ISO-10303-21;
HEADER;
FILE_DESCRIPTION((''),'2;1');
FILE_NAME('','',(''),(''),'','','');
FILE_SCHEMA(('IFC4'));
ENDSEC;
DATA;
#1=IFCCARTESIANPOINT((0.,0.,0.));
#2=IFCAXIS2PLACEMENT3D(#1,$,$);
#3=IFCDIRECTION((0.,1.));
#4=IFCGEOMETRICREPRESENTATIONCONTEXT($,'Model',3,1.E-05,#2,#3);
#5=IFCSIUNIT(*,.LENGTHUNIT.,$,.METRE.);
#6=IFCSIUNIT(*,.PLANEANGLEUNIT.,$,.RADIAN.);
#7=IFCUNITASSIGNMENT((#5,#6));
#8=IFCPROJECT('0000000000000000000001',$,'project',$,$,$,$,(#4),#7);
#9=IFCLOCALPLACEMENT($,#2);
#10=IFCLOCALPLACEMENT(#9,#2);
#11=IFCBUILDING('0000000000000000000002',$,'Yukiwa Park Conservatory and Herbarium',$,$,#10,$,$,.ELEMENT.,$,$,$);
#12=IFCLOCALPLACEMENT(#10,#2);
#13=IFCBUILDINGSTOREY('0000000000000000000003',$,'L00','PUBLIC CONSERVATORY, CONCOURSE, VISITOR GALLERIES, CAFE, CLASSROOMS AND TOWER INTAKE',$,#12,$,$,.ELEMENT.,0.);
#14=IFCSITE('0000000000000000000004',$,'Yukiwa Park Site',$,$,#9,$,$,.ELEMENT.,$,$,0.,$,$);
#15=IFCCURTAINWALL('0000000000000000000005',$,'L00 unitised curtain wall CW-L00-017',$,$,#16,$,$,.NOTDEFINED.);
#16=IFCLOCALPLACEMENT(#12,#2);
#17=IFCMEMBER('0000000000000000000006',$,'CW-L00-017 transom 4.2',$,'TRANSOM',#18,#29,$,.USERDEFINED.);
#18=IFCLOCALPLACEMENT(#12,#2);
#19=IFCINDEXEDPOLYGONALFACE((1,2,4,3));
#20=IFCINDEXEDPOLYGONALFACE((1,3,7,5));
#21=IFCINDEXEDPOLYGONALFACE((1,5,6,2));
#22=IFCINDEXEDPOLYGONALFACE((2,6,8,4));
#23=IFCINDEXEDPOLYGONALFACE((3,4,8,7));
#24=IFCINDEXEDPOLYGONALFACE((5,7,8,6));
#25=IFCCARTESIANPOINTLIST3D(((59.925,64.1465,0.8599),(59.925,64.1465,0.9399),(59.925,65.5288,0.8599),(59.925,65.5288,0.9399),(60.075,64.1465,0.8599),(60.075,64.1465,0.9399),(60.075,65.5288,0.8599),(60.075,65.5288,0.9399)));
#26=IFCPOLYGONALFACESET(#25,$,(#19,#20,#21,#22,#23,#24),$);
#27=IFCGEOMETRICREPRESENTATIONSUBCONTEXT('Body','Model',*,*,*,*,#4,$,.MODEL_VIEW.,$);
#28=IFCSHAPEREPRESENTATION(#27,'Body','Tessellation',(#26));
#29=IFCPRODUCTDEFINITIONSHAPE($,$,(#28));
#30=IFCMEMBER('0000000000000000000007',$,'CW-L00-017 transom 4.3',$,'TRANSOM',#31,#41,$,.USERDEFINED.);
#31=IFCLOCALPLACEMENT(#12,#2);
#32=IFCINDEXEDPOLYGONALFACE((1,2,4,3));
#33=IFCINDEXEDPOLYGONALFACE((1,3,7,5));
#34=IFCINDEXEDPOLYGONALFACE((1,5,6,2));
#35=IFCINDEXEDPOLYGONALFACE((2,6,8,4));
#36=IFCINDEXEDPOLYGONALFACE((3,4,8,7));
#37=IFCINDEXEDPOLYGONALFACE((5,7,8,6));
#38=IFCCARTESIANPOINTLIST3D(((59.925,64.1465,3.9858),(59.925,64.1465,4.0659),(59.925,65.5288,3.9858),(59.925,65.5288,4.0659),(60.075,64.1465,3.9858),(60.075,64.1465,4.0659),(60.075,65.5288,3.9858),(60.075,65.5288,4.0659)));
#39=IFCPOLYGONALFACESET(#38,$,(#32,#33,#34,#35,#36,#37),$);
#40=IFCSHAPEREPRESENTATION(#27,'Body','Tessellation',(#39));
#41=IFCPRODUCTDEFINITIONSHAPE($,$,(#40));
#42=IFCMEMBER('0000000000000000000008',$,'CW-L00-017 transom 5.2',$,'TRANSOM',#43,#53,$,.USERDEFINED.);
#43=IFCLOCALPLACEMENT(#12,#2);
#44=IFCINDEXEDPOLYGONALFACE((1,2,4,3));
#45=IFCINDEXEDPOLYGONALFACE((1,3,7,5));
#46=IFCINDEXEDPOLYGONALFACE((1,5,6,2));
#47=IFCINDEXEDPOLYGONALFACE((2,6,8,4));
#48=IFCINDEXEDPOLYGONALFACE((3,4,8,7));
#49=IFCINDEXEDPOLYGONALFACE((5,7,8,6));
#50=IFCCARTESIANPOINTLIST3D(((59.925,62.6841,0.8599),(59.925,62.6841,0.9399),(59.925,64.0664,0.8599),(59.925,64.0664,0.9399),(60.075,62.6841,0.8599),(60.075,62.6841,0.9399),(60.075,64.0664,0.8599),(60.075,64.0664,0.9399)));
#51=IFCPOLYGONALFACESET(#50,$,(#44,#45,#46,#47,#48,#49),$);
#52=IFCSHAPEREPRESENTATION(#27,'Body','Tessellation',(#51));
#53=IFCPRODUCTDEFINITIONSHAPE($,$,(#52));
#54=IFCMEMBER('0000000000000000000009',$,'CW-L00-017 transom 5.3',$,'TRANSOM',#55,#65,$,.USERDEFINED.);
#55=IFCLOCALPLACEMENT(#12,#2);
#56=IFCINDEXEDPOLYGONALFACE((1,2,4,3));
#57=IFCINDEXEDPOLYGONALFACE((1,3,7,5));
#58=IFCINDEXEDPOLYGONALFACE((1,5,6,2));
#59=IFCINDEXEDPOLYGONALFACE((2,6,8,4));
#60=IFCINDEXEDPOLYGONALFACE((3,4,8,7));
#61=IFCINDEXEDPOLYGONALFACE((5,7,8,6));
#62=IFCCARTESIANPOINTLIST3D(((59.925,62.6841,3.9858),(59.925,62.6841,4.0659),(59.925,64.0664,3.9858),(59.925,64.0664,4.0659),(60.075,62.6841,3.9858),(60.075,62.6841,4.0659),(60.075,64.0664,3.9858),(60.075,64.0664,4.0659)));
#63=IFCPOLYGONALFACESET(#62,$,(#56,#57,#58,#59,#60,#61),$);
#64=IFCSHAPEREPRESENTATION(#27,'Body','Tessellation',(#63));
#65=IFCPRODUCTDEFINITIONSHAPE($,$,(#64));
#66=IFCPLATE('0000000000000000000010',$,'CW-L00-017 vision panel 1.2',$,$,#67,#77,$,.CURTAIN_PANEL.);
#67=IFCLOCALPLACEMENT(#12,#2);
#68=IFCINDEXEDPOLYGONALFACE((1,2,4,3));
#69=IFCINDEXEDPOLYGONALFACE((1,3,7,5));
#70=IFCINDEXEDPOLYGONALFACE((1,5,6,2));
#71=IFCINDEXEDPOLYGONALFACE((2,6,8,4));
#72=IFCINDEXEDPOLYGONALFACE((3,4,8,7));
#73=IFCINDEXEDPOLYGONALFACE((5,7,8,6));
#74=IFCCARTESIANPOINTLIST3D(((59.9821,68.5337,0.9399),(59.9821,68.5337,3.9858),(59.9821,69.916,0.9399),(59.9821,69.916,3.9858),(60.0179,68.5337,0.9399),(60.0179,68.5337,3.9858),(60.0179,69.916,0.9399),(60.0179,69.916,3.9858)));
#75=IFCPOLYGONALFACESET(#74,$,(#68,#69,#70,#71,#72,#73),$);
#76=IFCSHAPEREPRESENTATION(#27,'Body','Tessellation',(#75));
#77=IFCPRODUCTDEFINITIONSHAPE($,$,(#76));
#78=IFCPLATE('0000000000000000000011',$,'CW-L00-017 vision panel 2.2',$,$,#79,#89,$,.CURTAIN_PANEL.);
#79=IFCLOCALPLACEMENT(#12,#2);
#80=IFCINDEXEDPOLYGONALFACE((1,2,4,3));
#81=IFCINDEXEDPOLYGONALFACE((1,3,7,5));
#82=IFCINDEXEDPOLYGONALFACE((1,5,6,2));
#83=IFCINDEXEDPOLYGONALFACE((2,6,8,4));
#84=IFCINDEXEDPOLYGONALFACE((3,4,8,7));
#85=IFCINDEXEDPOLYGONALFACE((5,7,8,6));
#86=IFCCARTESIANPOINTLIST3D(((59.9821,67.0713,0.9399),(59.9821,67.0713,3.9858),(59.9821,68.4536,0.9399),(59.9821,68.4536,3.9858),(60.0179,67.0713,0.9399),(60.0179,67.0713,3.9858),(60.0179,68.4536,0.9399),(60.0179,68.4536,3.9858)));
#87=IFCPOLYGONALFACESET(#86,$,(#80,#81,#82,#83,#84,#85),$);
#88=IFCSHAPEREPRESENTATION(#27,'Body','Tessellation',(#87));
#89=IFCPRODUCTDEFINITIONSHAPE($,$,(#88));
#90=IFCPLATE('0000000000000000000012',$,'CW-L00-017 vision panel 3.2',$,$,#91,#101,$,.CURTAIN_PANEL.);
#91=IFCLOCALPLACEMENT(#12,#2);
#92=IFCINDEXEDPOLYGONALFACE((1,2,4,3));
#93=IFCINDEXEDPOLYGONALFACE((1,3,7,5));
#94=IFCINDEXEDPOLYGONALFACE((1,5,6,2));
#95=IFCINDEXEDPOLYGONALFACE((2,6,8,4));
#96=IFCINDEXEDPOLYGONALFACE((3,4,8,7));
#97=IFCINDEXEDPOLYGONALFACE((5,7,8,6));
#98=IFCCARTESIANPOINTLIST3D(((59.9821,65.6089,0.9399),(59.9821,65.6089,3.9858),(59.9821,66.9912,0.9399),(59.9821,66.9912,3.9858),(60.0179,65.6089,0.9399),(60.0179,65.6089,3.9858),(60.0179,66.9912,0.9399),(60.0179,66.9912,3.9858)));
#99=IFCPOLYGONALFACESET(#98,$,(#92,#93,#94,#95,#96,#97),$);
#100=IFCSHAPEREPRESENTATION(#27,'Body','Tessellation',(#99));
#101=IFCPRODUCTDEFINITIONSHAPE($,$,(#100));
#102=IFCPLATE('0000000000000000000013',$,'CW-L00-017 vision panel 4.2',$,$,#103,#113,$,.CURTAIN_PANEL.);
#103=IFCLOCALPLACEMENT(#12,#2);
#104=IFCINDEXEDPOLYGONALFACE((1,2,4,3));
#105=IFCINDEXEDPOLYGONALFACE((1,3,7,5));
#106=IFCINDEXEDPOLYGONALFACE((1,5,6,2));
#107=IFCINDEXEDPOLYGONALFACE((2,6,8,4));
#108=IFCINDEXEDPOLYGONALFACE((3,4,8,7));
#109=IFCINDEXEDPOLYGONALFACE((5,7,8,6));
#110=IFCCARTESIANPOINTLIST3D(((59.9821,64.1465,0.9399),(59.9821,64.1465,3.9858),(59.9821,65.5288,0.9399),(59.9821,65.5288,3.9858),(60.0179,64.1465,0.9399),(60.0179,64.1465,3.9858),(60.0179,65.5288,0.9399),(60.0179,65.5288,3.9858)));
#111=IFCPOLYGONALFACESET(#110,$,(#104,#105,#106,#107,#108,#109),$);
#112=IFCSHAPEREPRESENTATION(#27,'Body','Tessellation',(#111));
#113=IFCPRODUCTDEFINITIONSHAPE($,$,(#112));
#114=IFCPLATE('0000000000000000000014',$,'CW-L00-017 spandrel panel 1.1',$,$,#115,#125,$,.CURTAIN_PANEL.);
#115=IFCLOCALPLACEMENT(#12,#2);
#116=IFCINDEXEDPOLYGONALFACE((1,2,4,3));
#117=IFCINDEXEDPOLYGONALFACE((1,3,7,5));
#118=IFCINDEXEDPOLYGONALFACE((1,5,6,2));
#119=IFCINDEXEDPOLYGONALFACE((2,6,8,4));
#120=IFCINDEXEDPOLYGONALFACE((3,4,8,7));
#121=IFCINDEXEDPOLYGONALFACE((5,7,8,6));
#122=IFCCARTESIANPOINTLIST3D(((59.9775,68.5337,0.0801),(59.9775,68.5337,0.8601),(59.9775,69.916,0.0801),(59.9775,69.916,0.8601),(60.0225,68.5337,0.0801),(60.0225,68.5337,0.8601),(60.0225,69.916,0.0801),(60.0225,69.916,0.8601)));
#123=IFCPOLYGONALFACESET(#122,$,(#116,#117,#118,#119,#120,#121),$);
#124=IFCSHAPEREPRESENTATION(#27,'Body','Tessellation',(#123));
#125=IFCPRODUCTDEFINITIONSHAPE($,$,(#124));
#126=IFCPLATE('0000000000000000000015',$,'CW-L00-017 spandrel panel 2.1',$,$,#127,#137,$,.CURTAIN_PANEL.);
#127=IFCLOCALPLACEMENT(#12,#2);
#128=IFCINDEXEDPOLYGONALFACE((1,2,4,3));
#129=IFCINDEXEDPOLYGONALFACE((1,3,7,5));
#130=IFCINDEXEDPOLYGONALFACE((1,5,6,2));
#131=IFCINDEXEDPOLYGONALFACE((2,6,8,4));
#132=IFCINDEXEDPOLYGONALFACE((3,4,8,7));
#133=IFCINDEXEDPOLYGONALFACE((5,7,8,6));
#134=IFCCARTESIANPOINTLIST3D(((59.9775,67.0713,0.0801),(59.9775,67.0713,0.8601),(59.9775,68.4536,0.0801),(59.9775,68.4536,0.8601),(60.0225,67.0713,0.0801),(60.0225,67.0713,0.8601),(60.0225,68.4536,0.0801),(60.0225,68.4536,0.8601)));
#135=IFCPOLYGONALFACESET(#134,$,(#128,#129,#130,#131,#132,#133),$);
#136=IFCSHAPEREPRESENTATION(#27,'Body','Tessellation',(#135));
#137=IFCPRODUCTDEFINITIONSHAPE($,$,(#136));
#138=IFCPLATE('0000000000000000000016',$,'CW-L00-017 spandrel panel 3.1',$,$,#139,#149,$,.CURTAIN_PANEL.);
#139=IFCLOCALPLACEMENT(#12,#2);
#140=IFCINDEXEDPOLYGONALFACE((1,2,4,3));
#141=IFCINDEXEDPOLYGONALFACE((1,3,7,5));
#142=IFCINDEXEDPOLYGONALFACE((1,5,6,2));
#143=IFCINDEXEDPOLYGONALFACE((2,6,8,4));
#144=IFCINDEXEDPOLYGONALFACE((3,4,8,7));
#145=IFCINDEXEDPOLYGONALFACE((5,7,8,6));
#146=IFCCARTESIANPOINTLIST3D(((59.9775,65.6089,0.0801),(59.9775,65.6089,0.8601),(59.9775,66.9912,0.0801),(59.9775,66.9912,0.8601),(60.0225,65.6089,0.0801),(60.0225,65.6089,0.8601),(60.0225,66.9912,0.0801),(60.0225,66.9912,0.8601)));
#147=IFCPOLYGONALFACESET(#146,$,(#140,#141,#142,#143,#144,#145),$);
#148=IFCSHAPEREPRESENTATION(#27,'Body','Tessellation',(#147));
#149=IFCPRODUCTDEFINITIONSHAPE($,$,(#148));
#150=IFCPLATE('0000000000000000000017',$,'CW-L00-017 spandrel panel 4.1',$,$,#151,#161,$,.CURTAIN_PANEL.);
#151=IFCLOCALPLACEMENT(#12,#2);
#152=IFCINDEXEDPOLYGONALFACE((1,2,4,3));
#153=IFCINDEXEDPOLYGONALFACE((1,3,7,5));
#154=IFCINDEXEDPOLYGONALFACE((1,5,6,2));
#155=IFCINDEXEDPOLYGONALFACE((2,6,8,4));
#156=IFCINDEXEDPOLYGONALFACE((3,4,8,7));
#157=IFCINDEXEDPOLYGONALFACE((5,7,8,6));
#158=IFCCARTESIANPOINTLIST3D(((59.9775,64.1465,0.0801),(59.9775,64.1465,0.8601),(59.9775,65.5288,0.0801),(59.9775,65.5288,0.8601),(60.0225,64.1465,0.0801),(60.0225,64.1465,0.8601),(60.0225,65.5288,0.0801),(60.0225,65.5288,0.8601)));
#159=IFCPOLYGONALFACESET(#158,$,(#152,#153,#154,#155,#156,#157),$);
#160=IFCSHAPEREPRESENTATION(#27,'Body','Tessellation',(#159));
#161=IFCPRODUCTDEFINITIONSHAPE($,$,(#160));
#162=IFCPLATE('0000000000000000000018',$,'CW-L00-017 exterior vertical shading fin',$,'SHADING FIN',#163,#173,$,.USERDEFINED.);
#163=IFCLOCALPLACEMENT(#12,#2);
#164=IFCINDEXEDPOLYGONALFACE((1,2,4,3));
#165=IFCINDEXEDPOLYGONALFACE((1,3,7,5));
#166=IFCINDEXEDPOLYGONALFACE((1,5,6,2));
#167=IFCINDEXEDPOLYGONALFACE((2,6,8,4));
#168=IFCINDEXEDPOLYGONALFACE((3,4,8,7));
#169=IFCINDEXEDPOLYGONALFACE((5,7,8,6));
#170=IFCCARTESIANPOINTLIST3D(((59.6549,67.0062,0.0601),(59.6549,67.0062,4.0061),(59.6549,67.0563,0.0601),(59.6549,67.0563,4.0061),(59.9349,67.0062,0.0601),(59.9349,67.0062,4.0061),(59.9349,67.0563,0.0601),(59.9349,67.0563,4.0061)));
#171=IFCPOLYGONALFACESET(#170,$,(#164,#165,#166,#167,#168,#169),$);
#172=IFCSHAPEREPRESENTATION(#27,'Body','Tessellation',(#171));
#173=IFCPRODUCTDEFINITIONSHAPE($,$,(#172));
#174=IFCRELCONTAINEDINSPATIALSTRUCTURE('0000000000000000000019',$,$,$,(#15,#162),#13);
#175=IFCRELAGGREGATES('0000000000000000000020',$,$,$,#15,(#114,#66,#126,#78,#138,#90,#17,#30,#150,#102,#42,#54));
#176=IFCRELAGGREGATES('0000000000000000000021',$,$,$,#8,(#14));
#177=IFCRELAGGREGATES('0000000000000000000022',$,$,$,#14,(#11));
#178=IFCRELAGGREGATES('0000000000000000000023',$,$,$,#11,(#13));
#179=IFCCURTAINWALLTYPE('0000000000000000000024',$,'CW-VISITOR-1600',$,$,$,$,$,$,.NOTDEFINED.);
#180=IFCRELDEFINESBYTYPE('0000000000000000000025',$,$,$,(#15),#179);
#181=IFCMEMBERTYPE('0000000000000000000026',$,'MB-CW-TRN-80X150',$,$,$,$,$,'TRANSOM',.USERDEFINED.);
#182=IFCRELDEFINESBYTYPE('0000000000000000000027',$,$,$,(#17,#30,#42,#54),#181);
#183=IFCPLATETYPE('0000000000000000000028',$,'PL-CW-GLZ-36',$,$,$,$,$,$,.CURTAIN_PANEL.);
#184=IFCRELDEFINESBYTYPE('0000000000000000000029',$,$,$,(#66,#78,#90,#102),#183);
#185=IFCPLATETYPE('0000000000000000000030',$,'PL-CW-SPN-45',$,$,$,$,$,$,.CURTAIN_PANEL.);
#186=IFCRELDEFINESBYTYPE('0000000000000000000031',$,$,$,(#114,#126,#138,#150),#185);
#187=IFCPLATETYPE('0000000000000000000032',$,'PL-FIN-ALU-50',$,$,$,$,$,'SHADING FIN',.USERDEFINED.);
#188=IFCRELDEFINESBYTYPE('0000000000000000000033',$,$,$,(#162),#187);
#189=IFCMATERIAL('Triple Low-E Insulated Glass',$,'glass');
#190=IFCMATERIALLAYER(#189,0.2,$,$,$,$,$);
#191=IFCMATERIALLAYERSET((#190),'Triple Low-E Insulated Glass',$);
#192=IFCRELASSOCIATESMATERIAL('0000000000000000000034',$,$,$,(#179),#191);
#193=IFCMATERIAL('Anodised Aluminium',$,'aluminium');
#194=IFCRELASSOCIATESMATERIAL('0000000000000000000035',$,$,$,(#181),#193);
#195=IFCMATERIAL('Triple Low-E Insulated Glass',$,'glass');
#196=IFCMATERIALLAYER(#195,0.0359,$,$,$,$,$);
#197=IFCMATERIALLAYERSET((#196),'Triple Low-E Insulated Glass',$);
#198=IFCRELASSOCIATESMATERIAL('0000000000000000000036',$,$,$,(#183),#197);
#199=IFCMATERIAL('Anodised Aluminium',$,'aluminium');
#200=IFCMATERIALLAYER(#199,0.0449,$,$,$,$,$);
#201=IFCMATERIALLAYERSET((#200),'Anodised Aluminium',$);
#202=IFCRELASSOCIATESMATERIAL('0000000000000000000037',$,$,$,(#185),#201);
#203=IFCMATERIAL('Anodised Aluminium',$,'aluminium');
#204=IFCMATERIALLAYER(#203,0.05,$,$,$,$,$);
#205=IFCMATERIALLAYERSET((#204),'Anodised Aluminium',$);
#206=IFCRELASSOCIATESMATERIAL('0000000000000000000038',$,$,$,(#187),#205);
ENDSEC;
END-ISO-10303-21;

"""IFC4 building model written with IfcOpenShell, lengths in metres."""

from ifc_helpers import new_model, si_unit, direction, frame, origin, origin_2d, place, context, subcontext, project, spatial, rectangle, extrude, material, layer, layer_set, type_object, element, aggregate, save


model = new_model("IFC4")

# Units and contexts
model_context = context("Model", 3, precision=1e-05, world=origin(), true_north=direction((0.0, 1.0)))
body_context = subcontext(model_context, "Body", "Model", "MODEL_VIEW")
ifc_project = project(units=[si_unit("LENGTHUNIT", "METRE"), si_unit("PLANEANGLEUNIT", "RADIAN")], contexts=[model_context])

# Site, building, storey
site_placement = place(None, origin())
site = spatial("IfcSite", under=ifc_project, at=site_placement, Name="Yukiwa Park Site", CompositionType="ELEMENT", RefElevation=0.0)
building_placement = place(site_placement, origin())
building = spatial("IfcBuilding", under=site, at=building_placement, Name="Yukiwa Park Conservatory and Herbarium", CompositionType="ELEMENT")
storey_placement = place(building_placement, origin())
storey = spatial("IfcBuildingStorey", under=building, at=storey_placement, Name="L00", Description="PUBLIC CONSERVATORY, CONCOURSE, VISITOR GALLERIES, CAFE, CLASSROOMS AND TOWER INTAKE", CompositionType="ELEMENT", Elevation=0.0)

# Curtain wall, members, plates
ifc_material_1 = material(Name="Triple Low-E Insulated Glass", Category="glass")
ifc_layer_1 = layer(ifc_material_1, 0.2)
ifc_layer_set_1 = layer_set([ifc_layer_1], Name="Triple Low-E Insulated Glass")
curtain_wall_type = type_object("IfcCurtainWallType", Name="CW-VISITOR-1600", PredefinedType="NOTDEFINED", material=ifc_layer_set_1)
curtain_wall_placement = place(storey_placement, origin())
curtain_wall = element("IfcCurtainWall", 1, at=curtain_wall_placement, inside=storey, type_object=curtain_wall_type, Name="L00 unitised curtain wall CW-L00-017", PredefinedType="NOTDEFINED")
ifc_material_2 = material(Name="Anodised Aluminium", Category="aluminium")
member_type_1 = type_object("IfcMemberType", Name="MB-CW-TRN-80X150", ElementType="TRANSOM", PredefinedType="USERDEFINED", material=ifc_material_2)
member_1_placement = place(storey_placement, frame((60.0, 64.8376, 0.8599), z_axis=(0.0, 0.0, 1.0), x_axis=(0.0, -1.0, 0.0)))
member_1 = element("IfcMember", 2, at=member_1_placement, type_object=member_type_1, Name="CW-L00-017 transom 4.2", ObjectType="TRANSOM", PredefinedType="USERDEFINED", context=body_context, shape_type="SweptSolid", body=[
    extrude(rectangle(XDim=1.3823, YDim=0.1499, at=origin_2d()), origin(), (0.0, 0.0, 1.0), 0.0801),
])
member_2_placement = place(storey_placement, frame((60.0, 64.8376, 3.9858), z_axis=(0.0, 0.0, 1.0), x_axis=(0.0, -1.0, 0.0)))
member_2 = element("IfcMember", 3, at=member_2_placement, type_object=member_type_1, Name="CW-L00-017 transom 4.3", ObjectType="TRANSOM", PredefinedType="USERDEFINED", context=body_context, shape_type="SweptSolid", body=[
    extrude(rectangle(XDim=1.3823, YDim=0.1499, at=origin_2d()), origin(), (0.0, 0.0, 1.0), 0.0801),
])
member_3_placement = place(storey_placement, frame((60.0, 63.3752, 0.8599), z_axis=(0.0, 0.0, 1.0), x_axis=(0.0, -1.0, 0.0)))
member_3 = element("IfcMember", 4, at=member_3_placement, type_object=member_type_1, Name="CW-L00-017 transom 5.2", ObjectType="TRANSOM", PredefinedType="USERDEFINED", context=body_context, shape_type="SweptSolid", body=[
    extrude(rectangle(XDim=1.3823, YDim=0.1499, at=origin_2d()), origin(), (0.0, 0.0, 1.0), 0.0801),
])
member_4_placement = place(storey_placement, frame((60.0, 63.3752, 3.9858), z_axis=(0.0, 0.0, 1.0), x_axis=(0.0, -1.0, 0.0)))
member_4 = element("IfcMember", 5, at=member_4_placement, type_object=member_type_1, Name="CW-L00-017 transom 5.3", ObjectType="TRANSOM", PredefinedType="USERDEFINED", context=body_context, shape_type="SweptSolid", body=[
    extrude(rectangle(XDim=1.3823, YDim=0.1499, at=origin_2d()), origin(), (0.0, 0.0, 1.0), 0.0801),
])
ifc_material_3 = material(Name="Triple Low-E Insulated Glass", Category="glass")
ifc_layer_2 = layer(ifc_material_3, 0.0359)
ifc_layer_set_2 = layer_set([ifc_layer_2], Name="Triple Low-E Insulated Glass")
plate_type_1 = type_object("IfcPlateType", Name="PL-CW-GLZ-36", PredefinedType="CURTAIN_PANEL", material=ifc_layer_set_2)
plate_1_placement = place(storey_placement, frame((60.0, 69.2249, 0.9399), z_axis=(0.0, 0.0, 1.0), x_axis=(0.0, -1.0, 0.0)))
plate_1 = element("IfcPlate", 6, at=plate_1_placement, type_object=plate_type_1, Name="CW-L00-017 vision panel 1.2", PredefinedType="CURTAIN_PANEL", context=body_context, shape_type="SweptSolid", body=[
    extrude(rectangle(XDim=1.3823, YDim=0.0359, at=origin_2d()), origin(), (0.0, 0.0, 1.0), 3.0459),
])
plate_2_placement = place(storey_placement, frame((60.0, 67.7625, 0.9399), z_axis=(0.0, 0.0, 1.0), x_axis=(0.0, -1.0, 0.0)))
plate_2 = element("IfcPlate", 7, at=plate_2_placement, type_object=plate_type_1, Name="CW-L00-017 vision panel 2.2", PredefinedType="CURTAIN_PANEL", context=body_context, shape_type="SweptSolid", body=[
    extrude(rectangle(XDim=1.3823, YDim=0.0359, at=origin_2d()), origin(), (0.0, 0.0, 1.0), 3.0459),
])
plate_3_placement = place(storey_placement, frame((60.0, 66.3, 0.9399), z_axis=(0.0, 0.0, 1.0), x_axis=(0.0, -1.0, 0.0)))
plate_3 = element("IfcPlate", 8, at=plate_3_placement, type_object=plate_type_1, Name="CW-L00-017 vision panel 3.2", PredefinedType="CURTAIN_PANEL", context=body_context, shape_type="SweptSolid", body=[
    extrude(rectangle(XDim=1.3823, YDim=0.0359, at=origin_2d()), origin(), (0.0, 0.0, 1.0), 3.0459),
])
plate_4_placement = place(storey_placement, frame((60.0, 64.8376, 0.9399), z_axis=(0.0, 0.0, 1.0), x_axis=(0.0, -1.0, 0.0)))
plate_4 = element("IfcPlate", 9, at=plate_4_placement, type_object=plate_type_1, Name="CW-L00-017 vision panel 4.2", PredefinedType="CURTAIN_PANEL", context=body_context, shape_type="SweptSolid", body=[
    extrude(rectangle(XDim=1.3823, YDim=0.0359, at=origin_2d()), origin(), (0.0, 0.0, 1.0), 3.0459),
])
ifc_material_4 = material(Name="Anodised Aluminium", Category="aluminium")
ifc_layer_3 = layer(ifc_material_4, 0.0449)
ifc_layer_set_3 = layer_set([ifc_layer_3], Name="Anodised Aluminium")
plate_type_2 = type_object("IfcPlateType", Name="PL-CW-SPN-45", PredefinedType="CURTAIN_PANEL", material=ifc_layer_set_3)
plate_5_placement = place(storey_placement, frame((60.0, 69.2249, 0.0801), z_axis=(0.0, 0.0, 1.0), x_axis=(0.0, -1.0, 0.0)))
plate_5 = element("IfcPlate", 10, at=plate_5_placement, type_object=plate_type_2, Name="CW-L00-017 spandrel panel 1.1", PredefinedType="CURTAIN_PANEL", context=body_context, shape_type="SweptSolid", body=[
    extrude(rectangle(XDim=1.3823, YDim=0.0449, at=origin_2d()), origin(), (0.0, 0.0, 1.0), 0.78),
])
plate_6_placement = place(storey_placement, frame((60.0, 67.7625, 0.0801), z_axis=(0.0, 0.0, 1.0), x_axis=(0.0, -1.0, 0.0)))
plate_6 = element("IfcPlate", 11, at=plate_6_placement, type_object=plate_type_2, Name="CW-L00-017 spandrel panel 2.1", PredefinedType="CURTAIN_PANEL", context=body_context, shape_type="SweptSolid", body=[
    extrude(rectangle(XDim=1.3823, YDim=0.0449, at=origin_2d()), origin(), (0.0, 0.0, 1.0), 0.78),
])
plate_7_placement = place(storey_placement, frame((60.0, 66.3, 0.0801), z_axis=(0.0, 0.0, 1.0), x_axis=(0.0, -1.0, 0.0)))
plate_7 = element("IfcPlate", 12, at=plate_7_placement, type_object=plate_type_2, Name="CW-L00-017 spandrel panel 3.1", PredefinedType="CURTAIN_PANEL", context=body_context, shape_type="SweptSolid", body=[
    extrude(rectangle(XDim=1.3823, YDim=0.0449, at=origin_2d()), origin(), (0.0, 0.0, 1.0), 0.78),
])
plate_8_placement = place(storey_placement, frame((60.0, 64.8376, 0.0801), z_axis=(0.0, 0.0, 1.0), x_axis=(0.0, -1.0, 0.0)))
plate_8 = element("IfcPlate", 13, at=plate_8_placement, type_object=plate_type_2, Name="CW-L00-017 spandrel panel 4.1", PredefinedType="CURTAIN_PANEL", context=body_context, shape_type="SweptSolid", body=[
    extrude(rectangle(XDim=1.3823, YDim=0.0449, at=origin_2d()), origin(), (0.0, 0.0, 1.0), 0.78),
])
aggregate(curtain_wall, [plate_5, plate_1, plate_6, plate_2, plate_7, plate_3, member_1, member_2, plate_8, plate_4, member_3, member_4])

# Plate
ifc_material_5 = material(Name="Anodised Aluminium", Category="aluminium")
ifc_layer_4 = layer(ifc_material_5, 0.05)
ifc_layer_set_4 = layer_set([ifc_layer_4], Name="Anodised Aluminium")
plate_type_3 = type_object("IfcPlateType", Name="PL-FIN-ALU-50", ElementType="SHADING FIN", PredefinedType="USERDEFINED", material=ifc_layer_set_4)
plate_9_placement = place(storey_placement, frame((59.7949, 67.0312, 0.0601), z_axis=(0.0, 0.0, 1.0), x_axis=(0.0, -1.0, 0.0)))
element("IfcPlate", 14, at=plate_9_placement, inside=storey, type_object=plate_type_3, Name="CW-L00-017 exterior vertical shading fin", ObjectType="SHADING FIN", PredefinedType="USERDEFINED", context=body_context, shape_type="SweptSolid", body=[
    extrude(rectangle(XDim=0.05, YDim=0.28, at=origin_2d()), origin(), (0.0, 0.0, 1.0), 3.946),
])

save(model, "model.ifc")
